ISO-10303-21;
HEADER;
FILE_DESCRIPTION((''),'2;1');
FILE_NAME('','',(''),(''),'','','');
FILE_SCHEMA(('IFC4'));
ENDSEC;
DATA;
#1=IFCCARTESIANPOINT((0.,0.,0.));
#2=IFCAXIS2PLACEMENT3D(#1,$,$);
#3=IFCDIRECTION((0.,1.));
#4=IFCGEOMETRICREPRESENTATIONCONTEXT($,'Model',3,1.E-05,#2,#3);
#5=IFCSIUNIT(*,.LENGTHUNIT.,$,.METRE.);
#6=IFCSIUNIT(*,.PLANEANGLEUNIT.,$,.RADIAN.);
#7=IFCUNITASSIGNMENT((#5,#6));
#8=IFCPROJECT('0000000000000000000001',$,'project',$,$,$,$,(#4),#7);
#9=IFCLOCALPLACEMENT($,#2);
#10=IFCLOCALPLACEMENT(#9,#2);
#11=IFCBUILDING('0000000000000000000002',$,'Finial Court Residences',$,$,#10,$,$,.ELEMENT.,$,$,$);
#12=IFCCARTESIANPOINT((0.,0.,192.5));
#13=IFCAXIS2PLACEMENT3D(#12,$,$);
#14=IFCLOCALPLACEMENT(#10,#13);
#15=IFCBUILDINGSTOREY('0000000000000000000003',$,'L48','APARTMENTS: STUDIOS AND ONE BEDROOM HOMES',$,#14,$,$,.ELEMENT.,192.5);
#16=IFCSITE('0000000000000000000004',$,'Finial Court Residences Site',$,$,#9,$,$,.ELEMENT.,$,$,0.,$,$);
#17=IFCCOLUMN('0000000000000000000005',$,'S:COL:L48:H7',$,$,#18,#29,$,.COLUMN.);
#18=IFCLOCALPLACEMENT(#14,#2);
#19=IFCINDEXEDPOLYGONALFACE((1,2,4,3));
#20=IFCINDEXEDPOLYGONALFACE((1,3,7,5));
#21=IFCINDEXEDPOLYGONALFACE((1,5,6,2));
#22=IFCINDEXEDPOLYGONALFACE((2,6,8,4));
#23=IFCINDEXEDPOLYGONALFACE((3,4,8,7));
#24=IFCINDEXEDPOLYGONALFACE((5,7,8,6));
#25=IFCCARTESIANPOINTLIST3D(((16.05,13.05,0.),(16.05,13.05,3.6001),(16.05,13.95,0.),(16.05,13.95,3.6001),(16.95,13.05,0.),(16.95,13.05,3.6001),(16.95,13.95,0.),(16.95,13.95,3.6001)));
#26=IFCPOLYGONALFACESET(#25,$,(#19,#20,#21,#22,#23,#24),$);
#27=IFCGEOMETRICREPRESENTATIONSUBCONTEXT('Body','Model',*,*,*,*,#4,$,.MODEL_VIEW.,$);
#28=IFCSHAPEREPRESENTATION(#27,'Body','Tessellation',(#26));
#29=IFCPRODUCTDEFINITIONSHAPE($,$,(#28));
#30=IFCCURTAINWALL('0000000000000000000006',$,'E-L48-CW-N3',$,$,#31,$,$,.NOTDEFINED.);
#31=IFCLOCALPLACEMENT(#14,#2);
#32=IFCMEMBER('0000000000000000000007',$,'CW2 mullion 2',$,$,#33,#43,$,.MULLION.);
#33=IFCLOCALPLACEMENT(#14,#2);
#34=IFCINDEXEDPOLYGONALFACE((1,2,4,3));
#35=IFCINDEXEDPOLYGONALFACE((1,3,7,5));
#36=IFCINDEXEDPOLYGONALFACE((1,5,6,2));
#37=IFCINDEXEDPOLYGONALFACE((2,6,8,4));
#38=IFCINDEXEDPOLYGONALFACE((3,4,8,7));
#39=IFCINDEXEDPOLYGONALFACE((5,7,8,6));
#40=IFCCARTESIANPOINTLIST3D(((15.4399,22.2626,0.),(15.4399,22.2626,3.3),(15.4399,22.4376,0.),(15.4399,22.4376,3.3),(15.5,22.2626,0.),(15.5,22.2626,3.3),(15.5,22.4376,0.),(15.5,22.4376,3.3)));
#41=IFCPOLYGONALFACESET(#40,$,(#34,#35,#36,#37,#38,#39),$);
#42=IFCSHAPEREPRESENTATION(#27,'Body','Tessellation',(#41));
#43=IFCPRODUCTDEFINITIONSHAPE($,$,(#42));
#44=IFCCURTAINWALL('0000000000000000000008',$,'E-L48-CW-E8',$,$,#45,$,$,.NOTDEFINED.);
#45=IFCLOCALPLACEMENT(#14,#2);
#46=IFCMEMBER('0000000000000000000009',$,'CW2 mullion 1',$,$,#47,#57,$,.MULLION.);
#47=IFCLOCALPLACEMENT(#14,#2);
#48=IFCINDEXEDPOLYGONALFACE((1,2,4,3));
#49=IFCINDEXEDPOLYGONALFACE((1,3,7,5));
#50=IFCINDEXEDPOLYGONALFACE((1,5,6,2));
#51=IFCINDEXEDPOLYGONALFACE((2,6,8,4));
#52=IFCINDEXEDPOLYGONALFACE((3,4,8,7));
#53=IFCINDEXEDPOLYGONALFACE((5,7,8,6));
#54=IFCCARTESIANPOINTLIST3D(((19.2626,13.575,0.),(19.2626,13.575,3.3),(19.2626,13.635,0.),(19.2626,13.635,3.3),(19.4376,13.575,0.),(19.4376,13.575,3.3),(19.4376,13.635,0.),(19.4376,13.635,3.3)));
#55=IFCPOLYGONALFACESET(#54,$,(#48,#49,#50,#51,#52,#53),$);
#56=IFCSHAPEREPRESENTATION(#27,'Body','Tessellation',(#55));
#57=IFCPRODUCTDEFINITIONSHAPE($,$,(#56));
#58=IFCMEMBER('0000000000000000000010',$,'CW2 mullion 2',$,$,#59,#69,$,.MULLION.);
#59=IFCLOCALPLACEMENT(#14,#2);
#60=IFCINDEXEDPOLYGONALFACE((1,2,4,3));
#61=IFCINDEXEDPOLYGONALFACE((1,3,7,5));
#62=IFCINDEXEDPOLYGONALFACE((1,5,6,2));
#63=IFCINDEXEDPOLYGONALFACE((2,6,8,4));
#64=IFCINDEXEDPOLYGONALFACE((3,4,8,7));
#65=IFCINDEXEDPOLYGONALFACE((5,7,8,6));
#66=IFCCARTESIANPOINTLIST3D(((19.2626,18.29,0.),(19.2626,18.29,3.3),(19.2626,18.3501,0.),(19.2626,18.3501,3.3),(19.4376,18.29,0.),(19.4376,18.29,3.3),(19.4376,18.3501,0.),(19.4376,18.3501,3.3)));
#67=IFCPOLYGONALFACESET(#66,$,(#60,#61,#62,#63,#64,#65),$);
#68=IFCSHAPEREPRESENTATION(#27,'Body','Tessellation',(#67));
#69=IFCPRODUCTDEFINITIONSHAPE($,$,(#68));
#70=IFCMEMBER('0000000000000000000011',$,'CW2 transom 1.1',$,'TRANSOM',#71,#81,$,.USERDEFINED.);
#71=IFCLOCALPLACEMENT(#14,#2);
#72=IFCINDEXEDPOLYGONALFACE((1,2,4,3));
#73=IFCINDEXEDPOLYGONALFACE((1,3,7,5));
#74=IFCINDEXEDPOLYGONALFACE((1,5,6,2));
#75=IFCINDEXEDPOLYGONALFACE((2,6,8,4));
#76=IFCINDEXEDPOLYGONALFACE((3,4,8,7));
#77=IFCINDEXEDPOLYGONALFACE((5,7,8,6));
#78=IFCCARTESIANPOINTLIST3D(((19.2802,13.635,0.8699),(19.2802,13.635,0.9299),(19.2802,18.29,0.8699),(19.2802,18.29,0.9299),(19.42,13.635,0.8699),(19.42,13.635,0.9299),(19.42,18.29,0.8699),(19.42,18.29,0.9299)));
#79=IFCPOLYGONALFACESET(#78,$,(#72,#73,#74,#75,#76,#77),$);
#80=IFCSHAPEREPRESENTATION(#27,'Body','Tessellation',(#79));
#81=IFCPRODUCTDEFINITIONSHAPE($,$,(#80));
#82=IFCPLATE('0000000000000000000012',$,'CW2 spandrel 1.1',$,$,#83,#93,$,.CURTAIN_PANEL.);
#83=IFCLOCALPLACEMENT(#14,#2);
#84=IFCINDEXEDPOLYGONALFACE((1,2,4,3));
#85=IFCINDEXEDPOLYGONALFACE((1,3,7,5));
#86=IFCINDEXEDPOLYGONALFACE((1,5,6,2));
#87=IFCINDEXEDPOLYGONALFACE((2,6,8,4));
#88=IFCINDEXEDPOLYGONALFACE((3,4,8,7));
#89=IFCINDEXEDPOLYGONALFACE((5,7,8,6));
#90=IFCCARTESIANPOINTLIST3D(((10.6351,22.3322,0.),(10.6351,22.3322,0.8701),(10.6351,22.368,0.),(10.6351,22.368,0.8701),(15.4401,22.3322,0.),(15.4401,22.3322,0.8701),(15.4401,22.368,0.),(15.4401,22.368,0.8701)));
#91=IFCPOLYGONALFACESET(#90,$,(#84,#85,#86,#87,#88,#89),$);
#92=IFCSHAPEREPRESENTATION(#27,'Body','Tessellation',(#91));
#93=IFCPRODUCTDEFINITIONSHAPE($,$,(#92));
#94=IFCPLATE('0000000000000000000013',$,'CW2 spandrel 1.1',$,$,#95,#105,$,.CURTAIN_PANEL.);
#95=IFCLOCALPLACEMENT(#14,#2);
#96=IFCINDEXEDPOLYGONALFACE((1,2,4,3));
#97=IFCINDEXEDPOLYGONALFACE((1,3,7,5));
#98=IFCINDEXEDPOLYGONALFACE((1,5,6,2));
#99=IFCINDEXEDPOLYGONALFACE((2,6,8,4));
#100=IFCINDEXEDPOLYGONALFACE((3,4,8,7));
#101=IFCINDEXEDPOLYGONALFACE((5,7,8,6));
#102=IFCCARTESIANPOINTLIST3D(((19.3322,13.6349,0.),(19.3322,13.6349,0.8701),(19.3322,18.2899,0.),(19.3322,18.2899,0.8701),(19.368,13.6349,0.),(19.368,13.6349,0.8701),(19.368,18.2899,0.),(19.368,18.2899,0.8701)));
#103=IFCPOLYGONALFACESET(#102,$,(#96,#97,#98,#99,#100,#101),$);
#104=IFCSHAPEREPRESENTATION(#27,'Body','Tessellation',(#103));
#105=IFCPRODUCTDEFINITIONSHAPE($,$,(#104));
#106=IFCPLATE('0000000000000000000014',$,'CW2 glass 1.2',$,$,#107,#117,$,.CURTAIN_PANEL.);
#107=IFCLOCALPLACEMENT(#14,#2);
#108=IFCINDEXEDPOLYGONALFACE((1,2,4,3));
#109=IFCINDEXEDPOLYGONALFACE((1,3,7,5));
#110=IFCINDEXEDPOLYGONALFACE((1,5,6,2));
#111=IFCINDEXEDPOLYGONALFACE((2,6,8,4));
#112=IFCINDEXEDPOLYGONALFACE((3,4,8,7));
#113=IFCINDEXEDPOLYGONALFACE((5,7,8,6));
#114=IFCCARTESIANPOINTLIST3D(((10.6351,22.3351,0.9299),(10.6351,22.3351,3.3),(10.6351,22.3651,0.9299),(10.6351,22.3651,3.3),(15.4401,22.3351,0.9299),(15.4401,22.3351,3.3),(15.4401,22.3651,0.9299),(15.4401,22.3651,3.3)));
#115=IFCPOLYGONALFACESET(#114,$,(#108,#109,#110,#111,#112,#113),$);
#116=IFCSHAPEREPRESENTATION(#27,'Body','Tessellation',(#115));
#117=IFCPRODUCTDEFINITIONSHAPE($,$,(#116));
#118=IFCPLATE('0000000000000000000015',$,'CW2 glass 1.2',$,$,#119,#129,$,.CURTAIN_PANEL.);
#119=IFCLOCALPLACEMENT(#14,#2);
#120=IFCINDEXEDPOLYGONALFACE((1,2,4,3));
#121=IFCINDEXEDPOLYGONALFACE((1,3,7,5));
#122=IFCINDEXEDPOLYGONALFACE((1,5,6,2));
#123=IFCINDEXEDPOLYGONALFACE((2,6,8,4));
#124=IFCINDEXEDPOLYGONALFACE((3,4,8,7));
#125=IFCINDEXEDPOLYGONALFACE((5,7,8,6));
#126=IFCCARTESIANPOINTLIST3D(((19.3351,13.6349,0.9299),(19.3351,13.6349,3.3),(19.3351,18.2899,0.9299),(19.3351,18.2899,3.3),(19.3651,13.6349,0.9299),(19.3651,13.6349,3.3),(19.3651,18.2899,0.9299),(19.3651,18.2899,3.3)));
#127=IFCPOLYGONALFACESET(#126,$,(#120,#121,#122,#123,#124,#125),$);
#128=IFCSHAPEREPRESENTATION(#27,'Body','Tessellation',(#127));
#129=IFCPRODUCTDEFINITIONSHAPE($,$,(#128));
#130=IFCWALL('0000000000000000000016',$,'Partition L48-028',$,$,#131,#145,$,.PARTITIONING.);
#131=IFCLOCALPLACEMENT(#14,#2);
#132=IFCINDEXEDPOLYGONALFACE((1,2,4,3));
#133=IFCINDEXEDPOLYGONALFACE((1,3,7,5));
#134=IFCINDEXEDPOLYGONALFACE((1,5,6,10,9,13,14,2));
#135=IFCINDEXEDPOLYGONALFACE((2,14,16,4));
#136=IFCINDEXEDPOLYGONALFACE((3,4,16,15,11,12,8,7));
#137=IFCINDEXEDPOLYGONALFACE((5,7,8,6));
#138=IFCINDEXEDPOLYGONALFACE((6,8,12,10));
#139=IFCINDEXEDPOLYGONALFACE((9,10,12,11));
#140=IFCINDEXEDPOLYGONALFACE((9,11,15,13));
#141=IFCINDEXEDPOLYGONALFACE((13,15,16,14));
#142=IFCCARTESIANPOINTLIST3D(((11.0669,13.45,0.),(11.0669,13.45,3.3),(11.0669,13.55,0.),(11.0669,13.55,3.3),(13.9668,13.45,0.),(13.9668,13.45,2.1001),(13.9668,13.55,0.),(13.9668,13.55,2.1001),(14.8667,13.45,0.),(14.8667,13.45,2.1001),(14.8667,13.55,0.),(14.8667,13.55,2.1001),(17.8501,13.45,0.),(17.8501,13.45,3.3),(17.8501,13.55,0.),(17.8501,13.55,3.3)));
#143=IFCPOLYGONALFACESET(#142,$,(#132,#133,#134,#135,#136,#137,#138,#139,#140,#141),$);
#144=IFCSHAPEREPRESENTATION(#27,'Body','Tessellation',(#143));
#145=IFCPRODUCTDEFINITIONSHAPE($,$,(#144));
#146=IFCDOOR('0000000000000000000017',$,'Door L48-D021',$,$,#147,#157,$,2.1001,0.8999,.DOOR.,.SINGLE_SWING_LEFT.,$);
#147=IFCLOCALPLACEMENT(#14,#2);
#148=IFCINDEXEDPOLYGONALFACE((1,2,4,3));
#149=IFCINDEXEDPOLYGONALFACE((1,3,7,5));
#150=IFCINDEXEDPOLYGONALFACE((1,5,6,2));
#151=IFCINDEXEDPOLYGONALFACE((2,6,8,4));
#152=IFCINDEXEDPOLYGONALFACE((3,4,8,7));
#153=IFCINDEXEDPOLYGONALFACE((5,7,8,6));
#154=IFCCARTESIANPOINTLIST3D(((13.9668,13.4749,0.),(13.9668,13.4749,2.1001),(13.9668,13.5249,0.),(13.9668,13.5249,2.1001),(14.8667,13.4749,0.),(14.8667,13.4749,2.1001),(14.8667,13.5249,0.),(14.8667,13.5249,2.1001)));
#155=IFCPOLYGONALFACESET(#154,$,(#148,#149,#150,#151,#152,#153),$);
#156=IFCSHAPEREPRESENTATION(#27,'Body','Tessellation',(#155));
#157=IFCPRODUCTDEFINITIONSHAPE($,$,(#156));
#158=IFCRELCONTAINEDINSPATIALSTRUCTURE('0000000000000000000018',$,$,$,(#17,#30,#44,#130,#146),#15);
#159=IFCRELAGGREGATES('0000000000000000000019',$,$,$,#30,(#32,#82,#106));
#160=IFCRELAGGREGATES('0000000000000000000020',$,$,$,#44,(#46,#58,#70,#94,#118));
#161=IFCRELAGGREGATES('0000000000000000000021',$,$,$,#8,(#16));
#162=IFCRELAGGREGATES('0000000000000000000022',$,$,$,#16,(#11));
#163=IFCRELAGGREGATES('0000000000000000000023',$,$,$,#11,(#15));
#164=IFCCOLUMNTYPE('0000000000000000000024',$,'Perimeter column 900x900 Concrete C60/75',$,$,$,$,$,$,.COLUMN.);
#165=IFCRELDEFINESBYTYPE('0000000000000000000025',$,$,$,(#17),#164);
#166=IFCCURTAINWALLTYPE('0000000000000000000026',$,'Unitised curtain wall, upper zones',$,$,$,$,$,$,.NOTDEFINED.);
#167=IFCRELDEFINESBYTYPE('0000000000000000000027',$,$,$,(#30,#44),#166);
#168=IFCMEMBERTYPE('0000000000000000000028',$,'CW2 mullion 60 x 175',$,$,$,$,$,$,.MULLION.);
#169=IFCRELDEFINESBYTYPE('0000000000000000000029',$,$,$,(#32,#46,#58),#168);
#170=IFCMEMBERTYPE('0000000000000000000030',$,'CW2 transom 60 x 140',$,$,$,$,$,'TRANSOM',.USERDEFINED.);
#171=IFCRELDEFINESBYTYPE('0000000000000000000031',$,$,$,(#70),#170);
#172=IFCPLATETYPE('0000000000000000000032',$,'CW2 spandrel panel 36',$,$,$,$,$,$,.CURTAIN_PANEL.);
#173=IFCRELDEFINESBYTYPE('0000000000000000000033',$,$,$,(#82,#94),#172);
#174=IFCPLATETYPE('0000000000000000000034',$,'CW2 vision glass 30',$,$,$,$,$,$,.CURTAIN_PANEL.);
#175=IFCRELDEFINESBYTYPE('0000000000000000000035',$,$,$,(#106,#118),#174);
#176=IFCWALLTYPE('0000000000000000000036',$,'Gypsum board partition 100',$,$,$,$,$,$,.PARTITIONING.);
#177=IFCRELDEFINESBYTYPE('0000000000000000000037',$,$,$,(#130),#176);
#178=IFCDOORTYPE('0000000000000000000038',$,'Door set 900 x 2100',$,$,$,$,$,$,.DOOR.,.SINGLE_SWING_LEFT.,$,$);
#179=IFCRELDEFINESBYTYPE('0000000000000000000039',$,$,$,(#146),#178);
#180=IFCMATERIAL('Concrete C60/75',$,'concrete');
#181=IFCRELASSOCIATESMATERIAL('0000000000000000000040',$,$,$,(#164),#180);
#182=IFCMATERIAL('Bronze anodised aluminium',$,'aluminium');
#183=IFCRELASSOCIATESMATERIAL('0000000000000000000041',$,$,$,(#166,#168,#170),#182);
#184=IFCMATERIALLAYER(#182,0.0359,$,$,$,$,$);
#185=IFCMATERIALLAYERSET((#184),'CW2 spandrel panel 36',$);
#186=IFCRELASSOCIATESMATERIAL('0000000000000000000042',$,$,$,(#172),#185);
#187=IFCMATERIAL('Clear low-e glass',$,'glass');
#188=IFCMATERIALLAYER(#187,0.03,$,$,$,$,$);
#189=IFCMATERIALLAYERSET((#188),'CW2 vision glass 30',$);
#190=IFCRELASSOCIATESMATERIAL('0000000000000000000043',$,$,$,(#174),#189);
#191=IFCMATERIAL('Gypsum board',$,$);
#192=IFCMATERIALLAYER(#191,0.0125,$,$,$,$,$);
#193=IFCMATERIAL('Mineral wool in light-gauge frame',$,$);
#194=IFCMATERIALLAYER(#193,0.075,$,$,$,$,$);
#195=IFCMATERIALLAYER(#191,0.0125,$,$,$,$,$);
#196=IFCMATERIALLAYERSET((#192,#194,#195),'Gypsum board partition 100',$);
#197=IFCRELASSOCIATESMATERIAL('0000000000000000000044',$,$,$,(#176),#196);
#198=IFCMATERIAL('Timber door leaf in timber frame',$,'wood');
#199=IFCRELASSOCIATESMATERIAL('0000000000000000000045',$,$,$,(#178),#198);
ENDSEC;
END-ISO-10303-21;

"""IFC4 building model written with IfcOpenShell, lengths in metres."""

from ifc_helpers import new_model, si_unit, direction, frame, frame_2d, origin, origin_2d, place, context, subcontext, project, spatial, rectangle, extrude, material, layer, layer_set, material_profile, profile_set, type_object, element, fill, aggregate, save


model = new_model("IFC4")

# Units and contexts
model_context = context("Model", 3, precision=1e-05, world=origin(), true_north=direction((0.0, 1.0)))
body_context = subcontext(model_context, "Body", "Model", "MODEL_VIEW")
ifc_project = project(units=[si_unit("LENGTHUNIT", "METRE"), si_unit("PLANEANGLEUNIT", "RADIAN")], contexts=[model_context])

# Site, building, storey
site_placement = place(None, origin())
site = spatial("IfcSite", under=ifc_project, at=site_placement, Name="Finial Court Residences Site", CompositionType="ELEMENT", RefElevation=0.0)
building_placement = place(site_placement, origin())
building = spatial("IfcBuilding", under=site, at=building_placement, Name="Finial Court Residences", CompositionType="ELEMENT")
storey_placement = place(building_placement, frame((0.0, 0.0, 192.5)))
storey = spatial("IfcBuildingStorey", under=building, at=storey_placement, Name="L48", Description="APARTMENTS: STUDIOS AND ONE BEDROOM HOMES", CompositionType="ELEMENT", Elevation=192.5)

# Column
ifc_material_1 = material(Name="Concrete C60/75", Category="concrete")
ifc_material_profile_1 = material_profile(ifc_material_1, rectangle(XDim=0.8999, YDim=0.8999, at=origin_2d()), Name="900x900")
ifc_profile_set_1 = profile_set([ifc_material_profile_1], Name="Concrete C60/75")
column_type = type_object("IfcColumnType", Name="Perimeter column 900x900 Concrete C60/75", PredefinedType="COLUMN", material=ifc_profile_set_1)
column_placement = place(storey_placement, frame((16.5, 13.5, 0.0), z_axis=(0.0, 0.0, 1.0), x_axis=(1.0, 0.0, 0.0)))
element("IfcColumn", 1, at=column_placement, inside=storey, type_object=column_type, Name="S:COL:L48:H7", PredefinedType="COLUMN", context=body_context, shape_type="SweptSolid", body=[
    extrude(rectangle(XDim=0.8999, YDim=0.8999, at=origin_2d()), origin(), (0.0, 0.0, 1.0), 3.6001),
])

# Curtain wall, member
ifc_material_2 = material(Name="Bronze anodised aluminium", Category="aluminium")
curtain_wall_type = type_object("IfcCurtainWallType", Name="Unitised curtain wall, upper zones", PredefinedType="NOTDEFINED", material=ifc_material_2)
curtain_wall_1_placement = place(storey_placement, origin())
curtain_wall_1 = element("IfcCurtainWall", 2, at=curtain_wall_1_placement, inside=storey, type_object=curtain_wall_type, Name="E-L48-CW-N3", PredefinedType="NOTDEFINED")
ifc_material_profile_2 = material_profile(ifc_material_2, rectangle(XDim=0.175, YDim=0.0601, at=origin_2d()), Name="CW2 mullion 60 x 175")
ifc_profile_set_2 = profile_set([ifc_material_profile_2], Name="Bronze anodised aluminium")
member_type_1 = type_object("IfcMemberType", Name="CW2 mullion 60 x 175", PredefinedType="MULLION", material=ifc_profile_set_2)
member_1_placement = place(storey_placement, frame((15.47, 22.3501, 0.0), z_axis=(0.0, 0.0, 1.0), x_axis=(0.0, 1.0, 0.0)))
member_1 = element("IfcMember", 3, at=member_1_placement, type_object=member_type_1, Name="CW2 mullion 2", PredefinedType="MULLION", context=body_context, shape_type="SweptSolid", body=[
    extrude(rectangle(XDim=0.175, YDim=0.0601, at=origin_2d()), origin(), (0.0, 0.0, 1.0), 3.3),
])

# Curtain wall, members
curtain_wall_2_placement = place(storey_placement, origin())
curtain_wall_2 = element("IfcCurtainWall", 4, at=curtain_wall_2_placement, inside=storey, type_object=curtain_wall_type, Name="E-L48-CW-E8", PredefinedType="NOTDEFINED")
member_2_placement = place(storey_placement, frame((19.3501, 13.605, 0.0), z_axis=(0.0, 0.0, 1.0), x_axis=(-1.0, 0.0, 0.0)))
member_2 = element("IfcMember", 5, at=member_2_placement, type_object=member_type_1, Name="CW2 mullion 1", PredefinedType="MULLION", context=body_context, shape_type="SweptSolid", body=[
    extrude(rectangle(XDim=0.175, YDim=0.0601, at=origin_2d()), origin(), (0.0, 0.0, 1.0), 3.3),
])
member_3_placement = place(storey_placement, frame((19.3501, 18.3201, 0.0), z_axis=(0.0, 0.0, 1.0), x_axis=(-1.0, 0.0, 0.0)))
member_3 = element("IfcMember", 6, at=member_3_placement, type_object=member_type_1, Name="CW2 mullion 2", PredefinedType="MULLION", context=body_context, shape_type="SweptSolid", body=[
    extrude(rectangle(XDim=0.175, YDim=0.0601, at=origin_2d()), origin(), (0.0, 0.0, 1.0), 3.3),
])
ifc_material_profile_3 = material_profile(ifc_material_2, rectangle(XDim=0.1399, YDim=0.0601, at=origin_2d()), Name="CW2 transom 60 x 140")
ifc_profile_set_3 = profile_set([ifc_material_profile_3], Name="Bronze anodised aluminium")
member_type_2 = type_object("IfcMemberType", Name="CW2 transom 60 x 140", ElementType="TRANSOM", PredefinedType="USERDEFINED", material=ifc_profile_set_3)
member_4_placement = place(storey_placement, frame((19.3501, 13.635, 0.8999), z_axis=(0.0, 1.0, 0.0), x_axis=(-1.0, 0.0, 0.0)))
member_4 = element("IfcMember", 7, at=member_4_placement, type_object=member_type_2, Name="CW2 transom 1.1", ObjectType="TRANSOM", PredefinedType="USERDEFINED", context=body_context, shape_type="SweptSolid", body=[
    extrude(rectangle(XDim=0.1399, YDim=0.0601, at=origin_2d()), origin(), (0.0, 0.0, 1.0), 4.655),
])

# Plates
ifc_layer_1 = layer(ifc_material_2, 0.0359)
ifc_layer_set_1 = layer_set([ifc_layer_1], Name="CW2 spandrel panel 36")
plate_type_1 = type_object("IfcPlateType", Name="CW2 spandrel panel 36", PredefinedType="CURTAIN_PANEL", material=ifc_layer_set_1)
plate_1_placement = place(storey_placement, frame((13.0376, 22.3501, 0.0), z_axis=(0.0, 0.0, 1.0), x_axis=(1.0, 0.0, 0.0)))
plate_1 = element("IfcPlate", 8, at=plate_1_placement, type_object=plate_type_1, Name="CW2 spandrel 1.1", PredefinedType="CURTAIN_PANEL", context=body_context, shape_type="SweptSolid", body=[
    extrude(rectangle(XDim=4.8049, YDim=0.0359, at=origin_2d()), origin(), (0.0, 0.0, 1.0), 0.8701),
])
plate_2_placement = place(storey_placement, frame((19.3501, 15.9624, 0.0), z_axis=(0.0, 0.0, 1.0), x_axis=(0.0, 1.0, 0.0)))
plate_2 = element("IfcPlate", 9, at=plate_2_placement, type_object=plate_type_1, Name="CW2 spandrel 1.1", PredefinedType="CURTAIN_PANEL", context=body_context, shape_type="SweptSolid", body=[
    extrude(rectangle(XDim=4.655, YDim=0.0359, at=origin_2d()), origin(), (0.0, 0.0, 1.0), 0.8701),
])
ifc_material_3 = material(Name="Clear low-e glass", Category="glass")
ifc_layer_2 = layer(ifc_material_3, 0.03)
ifc_layer_set_2 = layer_set([ifc_layer_2], Name="CW2 vision glass 30")
plate_type_2 = type_object("IfcPlateType", Name="CW2 vision glass 30", PredefinedType="CURTAIN_PANEL", material=ifc_layer_set_2)
plate_3_placement = place(storey_placement, frame((13.0376, 22.3501, 0.9299), z_axis=(0.0, 0.0, 1.0), x_axis=(1.0, 0.0, 0.0)))
plate_3 = element("IfcPlate", 10, at=plate_3_placement, type_object=plate_type_2, Name="CW2 glass 1.2", PredefinedType="CURTAIN_PANEL", context=body_context, shape_type="SweptSolid", body=[
    extrude(rectangle(XDim=4.8049, YDim=0.03, at=origin_2d()), origin(), (0.0, 0.0, 1.0), 2.3701),
])
aggregate(curtain_wall_1, [member_1, plate_1, plate_3])
plate_4_placement = place(storey_placement, frame((19.3501, 15.9624, 0.9299), z_axis=(0.0, 0.0, 1.0), x_axis=(0.0, 1.0, 0.0)))
plate_4 = element("IfcPlate", 11, at=plate_4_placement, type_object=plate_type_2, Name="CW2 glass 1.2", PredefinedType="CURTAIN_PANEL", context=body_context, shape_type="SweptSolid", body=[
    extrude(rectangle(XDim=4.655, YDim=0.03, at=origin_2d()), origin(), (0.0, 0.0, 1.0), 2.3701),
])
aggregate(curtain_wall_2, [member_2, member_3, member_4, plate_2, plate_4])

# Wall, opening, door
ifc_material_4 = material(Name="Gypsum board")
ifc_layer_3 = layer(ifc_material_4, 0.0125)
ifc_material_5 = material(Name="Mineral wool in light-gauge frame")
ifc_layer_4 = layer(ifc_material_5, 0.075)
ifc_layer_5 = layer(ifc_material_4, 0.0125)
ifc_layer_set_3 = layer_set([ifc_layer_3, ifc_layer_4, ifc_layer_5], Name="Gypsum board partition 100")
wall_type_1 = type_object("IfcWallType", Name="Gypsum board partition 100", PredefinedType="PARTITIONING", material=ifc_layer_set_3)
wall_1_placement = place(storey_placement, frame((11.0669, 13.5, 0.0), z_axis=(0.0, 0.0, 1.0), x_axis=(1.0, 0.0, 0.0)))
wall_1 = element("IfcWall", 12, at=wall_1_placement, inside=storey, type_object=wall_type_1, Name="Partition L48-028", PredefinedType="PARTITIONING", context=body_context, shape_type="SweptSolid", body=[
    extrude(rectangle(XDim=6.7832, YDim=0.1001, at=frame_2d((3.3916, 0.0))), origin(), (0.0, 0.0, 1.0), 3.3),
])
opening_1_placement = place(wall_1_placement, frame((2.8999, 0.0, 0.0)))
opening_1 = element("IfcOpeningElement", 13, at=opening_1_placement, cuts=wall_1, PredefinedType="OPENING", context=body_context, shape_type="SweptSolid", body=[
    extrude(rectangle(XDim=0.8999, YDim=2.1001, at=frame_2d((0.45, 1.05))), frame((0.0, 0.0601, 0.0), z_axis=(0.0, -1.0, 0.0), x_axis=(1.0, 0.0, 0.0)), (0.0, 0.0, 1.0), 0.1201),
])
ifc_material_6 = material(Name="Timber door leaf in timber frame", Category="wood")
door_type = type_object("IfcDoorType", Name="Door set 900 x 2100", OperationType="SINGLE_SWING_LEFT", PredefinedType="DOOR", material=ifc_material_6)
door_placement = place(opening_1_placement, origin())
door = element("IfcDoor", 14, at=door_placement, inside=storey, type_object=door_type, Name="Door L48-D021", OperationType="SINGLE_SWING_LEFT", OverallHeight=2.1001, OverallWidth=0.8999, PredefinedType="DOOR", context=body_context, shape_type="SweptSolid", body=[
    extrude(rectangle(XDim=0.8999, YDim=2.1001, at=frame_2d((0.45, 1.05))), frame((0.0, 0.0249, 0.0), z_axis=(0.0, -1.0, 0.0), x_axis=(1.0, 0.0, 0.0)), (0.0, 0.0, 1.0), 0.05),
])
fill(opening_1, door)

save(model, "model.ifc")
